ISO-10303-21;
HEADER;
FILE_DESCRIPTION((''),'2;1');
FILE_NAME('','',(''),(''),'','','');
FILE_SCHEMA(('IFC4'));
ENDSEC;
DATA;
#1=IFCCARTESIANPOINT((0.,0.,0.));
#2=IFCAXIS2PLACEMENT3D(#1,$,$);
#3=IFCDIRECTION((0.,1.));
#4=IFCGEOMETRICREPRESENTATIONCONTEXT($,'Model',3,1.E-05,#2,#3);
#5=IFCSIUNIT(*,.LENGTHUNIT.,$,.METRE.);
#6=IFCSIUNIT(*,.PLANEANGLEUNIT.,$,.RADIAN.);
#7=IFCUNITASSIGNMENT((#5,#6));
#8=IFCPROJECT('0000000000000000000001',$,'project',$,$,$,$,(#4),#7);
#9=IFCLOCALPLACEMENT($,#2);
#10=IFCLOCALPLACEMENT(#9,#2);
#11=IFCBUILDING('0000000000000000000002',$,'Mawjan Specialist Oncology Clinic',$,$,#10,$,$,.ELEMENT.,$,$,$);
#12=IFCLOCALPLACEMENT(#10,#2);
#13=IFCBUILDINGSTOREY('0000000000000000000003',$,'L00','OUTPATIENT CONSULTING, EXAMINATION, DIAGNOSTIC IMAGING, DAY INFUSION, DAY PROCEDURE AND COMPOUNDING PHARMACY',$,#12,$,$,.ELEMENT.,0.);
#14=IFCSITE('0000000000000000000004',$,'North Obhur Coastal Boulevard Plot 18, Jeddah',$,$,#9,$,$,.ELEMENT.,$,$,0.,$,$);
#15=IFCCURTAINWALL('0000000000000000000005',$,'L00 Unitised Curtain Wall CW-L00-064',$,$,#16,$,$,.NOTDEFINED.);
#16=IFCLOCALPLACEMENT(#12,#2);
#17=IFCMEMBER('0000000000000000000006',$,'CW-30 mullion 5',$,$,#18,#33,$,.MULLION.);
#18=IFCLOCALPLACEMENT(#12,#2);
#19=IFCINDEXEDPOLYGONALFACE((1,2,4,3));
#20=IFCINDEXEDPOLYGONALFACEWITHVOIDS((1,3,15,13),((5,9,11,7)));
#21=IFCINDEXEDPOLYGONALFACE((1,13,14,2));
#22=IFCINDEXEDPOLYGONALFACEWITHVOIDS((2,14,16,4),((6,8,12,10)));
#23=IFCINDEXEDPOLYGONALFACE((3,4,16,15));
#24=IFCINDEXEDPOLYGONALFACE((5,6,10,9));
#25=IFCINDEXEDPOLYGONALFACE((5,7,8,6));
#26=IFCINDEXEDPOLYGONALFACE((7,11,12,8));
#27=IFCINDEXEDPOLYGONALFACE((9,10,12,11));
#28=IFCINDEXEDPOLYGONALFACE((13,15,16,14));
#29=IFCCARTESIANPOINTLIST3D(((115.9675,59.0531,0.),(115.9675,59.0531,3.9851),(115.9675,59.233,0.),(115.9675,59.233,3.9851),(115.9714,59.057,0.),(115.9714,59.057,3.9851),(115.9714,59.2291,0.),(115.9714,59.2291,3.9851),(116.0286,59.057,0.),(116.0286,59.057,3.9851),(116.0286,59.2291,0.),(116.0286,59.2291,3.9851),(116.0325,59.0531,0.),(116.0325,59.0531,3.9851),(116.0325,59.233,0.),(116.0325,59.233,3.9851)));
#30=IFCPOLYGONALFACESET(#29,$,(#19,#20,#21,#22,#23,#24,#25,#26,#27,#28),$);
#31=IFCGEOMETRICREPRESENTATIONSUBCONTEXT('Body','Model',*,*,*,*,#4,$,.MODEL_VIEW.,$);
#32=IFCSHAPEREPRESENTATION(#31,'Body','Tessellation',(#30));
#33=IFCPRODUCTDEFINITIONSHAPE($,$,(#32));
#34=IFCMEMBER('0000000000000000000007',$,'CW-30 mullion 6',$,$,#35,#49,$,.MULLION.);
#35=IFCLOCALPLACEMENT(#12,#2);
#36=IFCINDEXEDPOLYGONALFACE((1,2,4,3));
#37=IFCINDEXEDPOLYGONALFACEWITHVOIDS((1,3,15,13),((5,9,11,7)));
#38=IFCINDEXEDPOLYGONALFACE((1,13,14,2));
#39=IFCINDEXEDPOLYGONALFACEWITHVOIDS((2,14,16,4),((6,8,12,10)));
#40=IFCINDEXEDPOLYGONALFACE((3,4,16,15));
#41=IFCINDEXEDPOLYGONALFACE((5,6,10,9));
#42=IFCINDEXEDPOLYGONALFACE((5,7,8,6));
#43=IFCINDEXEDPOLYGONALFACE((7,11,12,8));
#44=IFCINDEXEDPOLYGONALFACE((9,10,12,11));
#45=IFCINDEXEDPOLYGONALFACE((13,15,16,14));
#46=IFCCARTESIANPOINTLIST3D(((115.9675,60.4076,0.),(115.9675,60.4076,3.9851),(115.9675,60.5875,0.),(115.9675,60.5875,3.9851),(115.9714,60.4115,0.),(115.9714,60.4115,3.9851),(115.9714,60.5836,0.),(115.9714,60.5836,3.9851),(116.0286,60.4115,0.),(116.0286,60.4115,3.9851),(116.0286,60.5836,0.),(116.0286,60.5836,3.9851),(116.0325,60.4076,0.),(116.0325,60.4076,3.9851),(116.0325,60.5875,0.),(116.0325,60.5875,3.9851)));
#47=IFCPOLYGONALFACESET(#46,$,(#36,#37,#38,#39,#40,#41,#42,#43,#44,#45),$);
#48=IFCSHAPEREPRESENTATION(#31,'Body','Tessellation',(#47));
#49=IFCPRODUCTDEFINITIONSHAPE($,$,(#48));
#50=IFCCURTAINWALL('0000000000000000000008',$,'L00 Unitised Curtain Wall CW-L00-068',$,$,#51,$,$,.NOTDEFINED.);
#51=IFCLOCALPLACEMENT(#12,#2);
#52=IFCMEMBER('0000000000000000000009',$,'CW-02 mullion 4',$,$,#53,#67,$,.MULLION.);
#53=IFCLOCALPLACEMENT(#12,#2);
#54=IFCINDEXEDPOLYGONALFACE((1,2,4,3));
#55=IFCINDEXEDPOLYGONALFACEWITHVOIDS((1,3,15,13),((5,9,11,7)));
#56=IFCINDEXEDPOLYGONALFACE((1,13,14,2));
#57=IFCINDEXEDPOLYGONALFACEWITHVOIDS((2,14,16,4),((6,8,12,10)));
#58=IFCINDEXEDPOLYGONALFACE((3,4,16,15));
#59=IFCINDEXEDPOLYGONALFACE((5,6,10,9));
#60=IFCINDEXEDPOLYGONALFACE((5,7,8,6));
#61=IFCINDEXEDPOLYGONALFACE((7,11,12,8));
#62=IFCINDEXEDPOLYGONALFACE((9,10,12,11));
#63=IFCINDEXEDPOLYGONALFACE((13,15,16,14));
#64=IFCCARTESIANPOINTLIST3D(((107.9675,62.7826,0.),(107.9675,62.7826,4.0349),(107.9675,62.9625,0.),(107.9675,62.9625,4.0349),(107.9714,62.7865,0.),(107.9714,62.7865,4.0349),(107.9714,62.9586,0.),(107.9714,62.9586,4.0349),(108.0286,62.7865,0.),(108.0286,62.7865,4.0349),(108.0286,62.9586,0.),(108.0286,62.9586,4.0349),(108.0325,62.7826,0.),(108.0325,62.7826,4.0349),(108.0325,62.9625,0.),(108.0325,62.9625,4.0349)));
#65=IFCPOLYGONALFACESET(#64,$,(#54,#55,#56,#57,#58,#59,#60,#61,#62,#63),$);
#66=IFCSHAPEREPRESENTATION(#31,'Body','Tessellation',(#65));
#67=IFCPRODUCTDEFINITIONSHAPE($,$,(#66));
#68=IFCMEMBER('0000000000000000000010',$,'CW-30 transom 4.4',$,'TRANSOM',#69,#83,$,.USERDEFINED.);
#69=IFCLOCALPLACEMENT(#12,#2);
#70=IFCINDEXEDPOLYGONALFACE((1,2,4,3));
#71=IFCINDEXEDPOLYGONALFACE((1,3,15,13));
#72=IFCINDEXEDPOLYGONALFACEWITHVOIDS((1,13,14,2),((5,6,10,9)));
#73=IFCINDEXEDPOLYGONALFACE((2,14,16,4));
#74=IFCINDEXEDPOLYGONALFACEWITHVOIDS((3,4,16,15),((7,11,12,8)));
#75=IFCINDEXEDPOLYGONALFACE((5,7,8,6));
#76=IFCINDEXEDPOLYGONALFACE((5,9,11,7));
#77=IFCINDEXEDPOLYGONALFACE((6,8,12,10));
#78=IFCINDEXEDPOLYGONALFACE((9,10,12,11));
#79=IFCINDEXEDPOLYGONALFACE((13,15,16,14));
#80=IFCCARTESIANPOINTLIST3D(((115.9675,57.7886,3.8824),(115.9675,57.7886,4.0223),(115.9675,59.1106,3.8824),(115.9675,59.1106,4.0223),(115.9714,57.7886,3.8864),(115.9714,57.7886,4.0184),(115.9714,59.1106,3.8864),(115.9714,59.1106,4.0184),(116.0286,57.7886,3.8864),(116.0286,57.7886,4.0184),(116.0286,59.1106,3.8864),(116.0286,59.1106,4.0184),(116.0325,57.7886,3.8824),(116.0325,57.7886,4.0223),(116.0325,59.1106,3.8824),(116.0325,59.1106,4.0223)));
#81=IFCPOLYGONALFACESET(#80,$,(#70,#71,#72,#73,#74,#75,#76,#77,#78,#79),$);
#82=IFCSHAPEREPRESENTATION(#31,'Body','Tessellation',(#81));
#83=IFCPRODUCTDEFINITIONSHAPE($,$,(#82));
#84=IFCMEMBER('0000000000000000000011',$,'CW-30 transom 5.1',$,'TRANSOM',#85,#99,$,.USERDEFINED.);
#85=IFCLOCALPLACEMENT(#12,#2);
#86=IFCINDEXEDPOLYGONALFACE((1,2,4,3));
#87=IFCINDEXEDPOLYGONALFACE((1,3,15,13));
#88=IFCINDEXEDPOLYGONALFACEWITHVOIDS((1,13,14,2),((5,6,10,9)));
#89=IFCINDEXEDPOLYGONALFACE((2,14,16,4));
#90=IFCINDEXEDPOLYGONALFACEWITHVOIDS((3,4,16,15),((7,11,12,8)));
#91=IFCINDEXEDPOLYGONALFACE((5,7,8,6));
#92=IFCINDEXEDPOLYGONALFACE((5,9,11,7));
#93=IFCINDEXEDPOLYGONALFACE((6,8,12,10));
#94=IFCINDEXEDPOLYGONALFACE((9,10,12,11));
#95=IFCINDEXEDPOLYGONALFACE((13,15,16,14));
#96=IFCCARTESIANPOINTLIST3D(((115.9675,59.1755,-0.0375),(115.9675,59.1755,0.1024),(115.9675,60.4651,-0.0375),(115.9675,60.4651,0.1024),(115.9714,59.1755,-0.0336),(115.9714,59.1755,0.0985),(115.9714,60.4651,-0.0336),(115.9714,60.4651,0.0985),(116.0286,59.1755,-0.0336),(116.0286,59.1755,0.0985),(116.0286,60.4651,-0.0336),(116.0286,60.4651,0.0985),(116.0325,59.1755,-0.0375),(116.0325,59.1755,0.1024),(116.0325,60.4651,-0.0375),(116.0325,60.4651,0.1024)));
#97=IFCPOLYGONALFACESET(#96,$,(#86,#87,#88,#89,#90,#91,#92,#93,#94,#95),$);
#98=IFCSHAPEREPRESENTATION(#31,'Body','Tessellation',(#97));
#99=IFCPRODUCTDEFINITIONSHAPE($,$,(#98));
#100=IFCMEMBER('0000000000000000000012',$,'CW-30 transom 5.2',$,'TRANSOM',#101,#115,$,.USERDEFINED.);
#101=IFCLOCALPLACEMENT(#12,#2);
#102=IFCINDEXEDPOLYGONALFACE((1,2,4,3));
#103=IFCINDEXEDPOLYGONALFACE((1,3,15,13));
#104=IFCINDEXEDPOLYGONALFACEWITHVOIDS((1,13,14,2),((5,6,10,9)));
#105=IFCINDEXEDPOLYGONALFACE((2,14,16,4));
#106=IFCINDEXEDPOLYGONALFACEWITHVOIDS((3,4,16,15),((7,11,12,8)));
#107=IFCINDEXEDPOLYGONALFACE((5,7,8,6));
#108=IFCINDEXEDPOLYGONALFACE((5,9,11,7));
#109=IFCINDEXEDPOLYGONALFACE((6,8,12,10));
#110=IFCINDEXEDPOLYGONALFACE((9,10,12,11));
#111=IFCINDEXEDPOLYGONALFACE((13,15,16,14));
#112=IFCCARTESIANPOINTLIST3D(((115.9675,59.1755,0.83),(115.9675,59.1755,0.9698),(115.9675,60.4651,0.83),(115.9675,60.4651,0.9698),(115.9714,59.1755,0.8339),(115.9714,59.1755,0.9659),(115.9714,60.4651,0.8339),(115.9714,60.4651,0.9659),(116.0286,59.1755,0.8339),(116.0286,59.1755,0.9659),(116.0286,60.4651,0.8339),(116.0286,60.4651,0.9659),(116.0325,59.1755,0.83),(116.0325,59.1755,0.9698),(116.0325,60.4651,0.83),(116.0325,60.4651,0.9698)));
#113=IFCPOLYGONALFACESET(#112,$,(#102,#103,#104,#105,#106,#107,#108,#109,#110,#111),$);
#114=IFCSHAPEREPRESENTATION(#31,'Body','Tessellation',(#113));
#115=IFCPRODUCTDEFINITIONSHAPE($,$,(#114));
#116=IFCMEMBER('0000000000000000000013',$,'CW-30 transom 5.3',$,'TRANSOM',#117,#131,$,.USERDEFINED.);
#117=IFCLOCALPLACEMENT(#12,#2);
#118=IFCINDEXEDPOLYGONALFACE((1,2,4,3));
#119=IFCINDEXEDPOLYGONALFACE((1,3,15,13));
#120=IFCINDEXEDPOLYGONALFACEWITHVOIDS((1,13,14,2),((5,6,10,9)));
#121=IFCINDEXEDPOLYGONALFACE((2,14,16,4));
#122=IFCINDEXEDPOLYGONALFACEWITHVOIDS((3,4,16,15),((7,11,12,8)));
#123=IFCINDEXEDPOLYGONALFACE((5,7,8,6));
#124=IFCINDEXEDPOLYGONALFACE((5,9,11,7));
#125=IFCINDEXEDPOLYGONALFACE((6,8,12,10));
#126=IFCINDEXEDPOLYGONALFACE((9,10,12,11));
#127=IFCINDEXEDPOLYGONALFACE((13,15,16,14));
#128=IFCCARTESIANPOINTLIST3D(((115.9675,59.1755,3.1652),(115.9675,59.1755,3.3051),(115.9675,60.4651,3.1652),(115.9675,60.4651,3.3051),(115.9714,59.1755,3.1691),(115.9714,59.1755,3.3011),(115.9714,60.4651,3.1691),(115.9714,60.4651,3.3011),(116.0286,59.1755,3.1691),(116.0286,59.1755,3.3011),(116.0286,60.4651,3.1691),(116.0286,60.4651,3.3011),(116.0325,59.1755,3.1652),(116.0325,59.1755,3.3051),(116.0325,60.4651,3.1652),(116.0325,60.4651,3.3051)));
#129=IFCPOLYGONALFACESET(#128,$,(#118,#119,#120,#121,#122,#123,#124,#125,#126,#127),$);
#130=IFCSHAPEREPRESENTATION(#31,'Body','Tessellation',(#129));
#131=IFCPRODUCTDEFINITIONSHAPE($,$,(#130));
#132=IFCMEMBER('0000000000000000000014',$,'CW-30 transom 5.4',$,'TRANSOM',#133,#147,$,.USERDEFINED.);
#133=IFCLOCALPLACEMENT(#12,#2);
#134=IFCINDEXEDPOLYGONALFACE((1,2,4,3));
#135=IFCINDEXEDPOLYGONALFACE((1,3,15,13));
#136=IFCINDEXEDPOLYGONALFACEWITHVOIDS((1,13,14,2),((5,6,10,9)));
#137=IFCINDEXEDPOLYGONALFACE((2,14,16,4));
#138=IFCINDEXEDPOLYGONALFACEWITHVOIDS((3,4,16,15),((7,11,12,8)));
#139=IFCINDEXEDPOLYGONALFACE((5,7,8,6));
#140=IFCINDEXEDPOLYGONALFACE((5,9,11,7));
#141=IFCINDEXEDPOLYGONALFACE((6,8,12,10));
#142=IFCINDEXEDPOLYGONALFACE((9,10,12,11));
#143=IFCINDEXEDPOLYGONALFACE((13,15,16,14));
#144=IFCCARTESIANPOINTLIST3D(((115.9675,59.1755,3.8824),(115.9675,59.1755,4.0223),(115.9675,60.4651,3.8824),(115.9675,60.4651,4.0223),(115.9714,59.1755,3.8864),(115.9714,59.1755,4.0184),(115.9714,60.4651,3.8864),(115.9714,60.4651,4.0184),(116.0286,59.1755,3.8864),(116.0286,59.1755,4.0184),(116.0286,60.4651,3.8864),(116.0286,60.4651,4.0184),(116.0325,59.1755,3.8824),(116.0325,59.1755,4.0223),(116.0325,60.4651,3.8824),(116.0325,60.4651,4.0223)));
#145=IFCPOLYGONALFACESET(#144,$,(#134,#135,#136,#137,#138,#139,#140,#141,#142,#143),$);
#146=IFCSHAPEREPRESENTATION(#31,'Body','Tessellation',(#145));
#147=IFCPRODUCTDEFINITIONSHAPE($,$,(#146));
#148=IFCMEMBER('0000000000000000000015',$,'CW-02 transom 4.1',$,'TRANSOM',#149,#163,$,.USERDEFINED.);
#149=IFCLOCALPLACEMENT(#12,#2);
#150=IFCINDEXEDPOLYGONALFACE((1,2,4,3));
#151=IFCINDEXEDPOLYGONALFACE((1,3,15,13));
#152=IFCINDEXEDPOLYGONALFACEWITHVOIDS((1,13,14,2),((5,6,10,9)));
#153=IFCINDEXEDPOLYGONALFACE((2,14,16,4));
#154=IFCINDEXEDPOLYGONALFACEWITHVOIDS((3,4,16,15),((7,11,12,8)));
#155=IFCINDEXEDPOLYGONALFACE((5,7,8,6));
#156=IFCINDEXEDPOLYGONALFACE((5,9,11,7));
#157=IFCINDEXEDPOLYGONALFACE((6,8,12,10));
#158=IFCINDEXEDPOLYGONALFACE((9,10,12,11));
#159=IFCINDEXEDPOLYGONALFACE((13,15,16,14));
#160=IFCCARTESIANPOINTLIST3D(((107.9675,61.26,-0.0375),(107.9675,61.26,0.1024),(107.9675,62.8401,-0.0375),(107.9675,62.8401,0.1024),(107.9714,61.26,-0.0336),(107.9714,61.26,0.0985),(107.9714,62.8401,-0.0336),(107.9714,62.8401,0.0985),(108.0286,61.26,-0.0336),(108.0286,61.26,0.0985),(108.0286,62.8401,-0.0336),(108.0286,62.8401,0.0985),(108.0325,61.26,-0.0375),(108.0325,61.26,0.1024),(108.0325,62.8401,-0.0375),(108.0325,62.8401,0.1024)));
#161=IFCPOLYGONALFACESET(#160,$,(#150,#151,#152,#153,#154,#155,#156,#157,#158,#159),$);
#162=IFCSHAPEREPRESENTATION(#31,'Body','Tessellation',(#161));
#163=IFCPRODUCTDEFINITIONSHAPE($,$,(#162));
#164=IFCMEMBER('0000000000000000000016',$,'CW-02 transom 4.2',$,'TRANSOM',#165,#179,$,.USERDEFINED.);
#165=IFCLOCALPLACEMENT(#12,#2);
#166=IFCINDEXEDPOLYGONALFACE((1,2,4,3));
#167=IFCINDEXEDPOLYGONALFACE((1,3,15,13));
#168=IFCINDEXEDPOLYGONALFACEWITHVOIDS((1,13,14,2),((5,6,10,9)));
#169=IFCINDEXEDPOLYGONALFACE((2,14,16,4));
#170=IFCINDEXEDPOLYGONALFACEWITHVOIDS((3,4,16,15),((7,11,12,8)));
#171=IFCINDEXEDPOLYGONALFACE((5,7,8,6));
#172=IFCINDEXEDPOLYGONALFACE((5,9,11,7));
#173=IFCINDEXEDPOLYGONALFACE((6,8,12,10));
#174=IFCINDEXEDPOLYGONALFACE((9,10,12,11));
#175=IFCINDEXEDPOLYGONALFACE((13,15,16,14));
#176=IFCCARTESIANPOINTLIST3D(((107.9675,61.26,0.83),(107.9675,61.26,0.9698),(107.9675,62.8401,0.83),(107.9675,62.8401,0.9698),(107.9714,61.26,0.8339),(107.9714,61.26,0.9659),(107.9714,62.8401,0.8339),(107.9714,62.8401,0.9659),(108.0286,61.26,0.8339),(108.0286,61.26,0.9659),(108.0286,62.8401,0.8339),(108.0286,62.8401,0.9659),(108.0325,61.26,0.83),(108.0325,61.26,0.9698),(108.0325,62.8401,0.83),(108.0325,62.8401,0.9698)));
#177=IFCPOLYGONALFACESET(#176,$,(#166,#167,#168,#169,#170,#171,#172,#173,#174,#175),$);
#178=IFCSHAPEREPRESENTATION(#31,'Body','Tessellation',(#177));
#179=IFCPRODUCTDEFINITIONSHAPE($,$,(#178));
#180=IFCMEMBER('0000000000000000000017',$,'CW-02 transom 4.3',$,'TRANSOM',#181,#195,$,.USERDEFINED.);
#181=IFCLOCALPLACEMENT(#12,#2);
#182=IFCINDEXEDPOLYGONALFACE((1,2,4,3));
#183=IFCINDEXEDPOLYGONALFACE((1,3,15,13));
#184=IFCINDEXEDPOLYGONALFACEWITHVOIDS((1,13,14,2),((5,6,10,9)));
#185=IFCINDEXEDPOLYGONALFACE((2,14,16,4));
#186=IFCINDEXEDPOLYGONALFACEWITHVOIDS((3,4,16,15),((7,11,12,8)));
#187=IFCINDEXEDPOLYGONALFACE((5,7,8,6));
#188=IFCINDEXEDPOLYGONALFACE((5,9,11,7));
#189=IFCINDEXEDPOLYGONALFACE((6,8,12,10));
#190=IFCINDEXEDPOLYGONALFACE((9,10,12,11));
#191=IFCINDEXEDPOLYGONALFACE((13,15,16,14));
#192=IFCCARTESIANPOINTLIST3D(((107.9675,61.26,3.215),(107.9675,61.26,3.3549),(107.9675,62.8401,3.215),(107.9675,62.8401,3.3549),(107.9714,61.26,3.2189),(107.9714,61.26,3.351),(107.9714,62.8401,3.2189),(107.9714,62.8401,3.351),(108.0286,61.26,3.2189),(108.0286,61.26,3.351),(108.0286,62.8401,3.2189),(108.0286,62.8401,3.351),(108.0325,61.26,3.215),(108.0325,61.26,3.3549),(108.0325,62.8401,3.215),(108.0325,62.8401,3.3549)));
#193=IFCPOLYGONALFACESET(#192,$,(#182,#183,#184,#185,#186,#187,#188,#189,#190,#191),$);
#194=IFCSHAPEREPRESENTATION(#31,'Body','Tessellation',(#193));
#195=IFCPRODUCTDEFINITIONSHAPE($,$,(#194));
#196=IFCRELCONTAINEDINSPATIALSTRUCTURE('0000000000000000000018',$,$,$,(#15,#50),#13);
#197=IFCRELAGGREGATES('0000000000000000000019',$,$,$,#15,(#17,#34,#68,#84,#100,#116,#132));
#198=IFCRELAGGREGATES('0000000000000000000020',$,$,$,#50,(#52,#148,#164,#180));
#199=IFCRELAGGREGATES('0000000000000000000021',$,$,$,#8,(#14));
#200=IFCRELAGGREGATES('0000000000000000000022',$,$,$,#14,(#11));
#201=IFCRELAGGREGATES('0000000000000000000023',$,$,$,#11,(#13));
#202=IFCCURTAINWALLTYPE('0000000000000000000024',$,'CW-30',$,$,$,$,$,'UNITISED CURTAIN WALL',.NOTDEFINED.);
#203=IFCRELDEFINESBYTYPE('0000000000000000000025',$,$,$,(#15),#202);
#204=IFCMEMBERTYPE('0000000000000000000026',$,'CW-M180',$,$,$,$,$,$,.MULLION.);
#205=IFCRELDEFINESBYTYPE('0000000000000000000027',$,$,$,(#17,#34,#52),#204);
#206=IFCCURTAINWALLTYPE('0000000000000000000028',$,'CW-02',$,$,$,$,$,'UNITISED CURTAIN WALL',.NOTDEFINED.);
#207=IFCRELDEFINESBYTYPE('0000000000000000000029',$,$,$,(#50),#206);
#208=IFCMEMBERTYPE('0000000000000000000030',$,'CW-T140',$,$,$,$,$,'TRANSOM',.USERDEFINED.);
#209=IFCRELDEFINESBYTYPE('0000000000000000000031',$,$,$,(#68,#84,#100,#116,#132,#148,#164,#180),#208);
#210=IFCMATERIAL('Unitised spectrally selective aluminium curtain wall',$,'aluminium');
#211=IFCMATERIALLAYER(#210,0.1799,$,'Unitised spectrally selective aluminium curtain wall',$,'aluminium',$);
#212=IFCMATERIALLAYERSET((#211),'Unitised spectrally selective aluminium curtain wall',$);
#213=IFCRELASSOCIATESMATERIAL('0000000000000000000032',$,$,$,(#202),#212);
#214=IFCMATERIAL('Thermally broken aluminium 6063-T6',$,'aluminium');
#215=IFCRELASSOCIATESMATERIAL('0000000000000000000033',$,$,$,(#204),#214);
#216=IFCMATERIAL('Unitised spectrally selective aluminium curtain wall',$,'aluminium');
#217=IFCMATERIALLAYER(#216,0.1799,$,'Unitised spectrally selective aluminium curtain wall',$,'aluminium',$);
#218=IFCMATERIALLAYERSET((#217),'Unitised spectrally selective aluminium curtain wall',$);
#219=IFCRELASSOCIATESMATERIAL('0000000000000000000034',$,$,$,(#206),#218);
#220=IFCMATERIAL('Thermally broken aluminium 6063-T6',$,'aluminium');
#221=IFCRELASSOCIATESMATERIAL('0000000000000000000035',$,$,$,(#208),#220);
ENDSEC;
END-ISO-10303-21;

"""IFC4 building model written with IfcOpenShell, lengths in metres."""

from ifc_helpers import new_model, si_unit, direction, frame, origin, origin_2d, place, context, subcontext, project, spatial, hollow_rectangle, extrude, material, layer, layer_set, material_profile, profile_set, type_object, element, aggregate, save


model = new_model("IFC4")

# Units and contexts
model_context = context("Model", 3, precision=1e-05, world=origin(), true_north=direction((0.0, 1.0)))
body_context = subcontext(model_context, "Body", "Model", "MODEL_VIEW")
ifc_project = project(units=[si_unit("LENGTHUNIT", "METRE"), si_unit("PLANEANGLEUNIT", "RADIAN")], contexts=[model_context])

# Site, building, storey
site_placement = place(None, origin())
site = spatial("IfcSite", under=ifc_project, at=site_placement, Name="North Obhur Coastal Boulevard Plot 18, Jeddah", CompositionType="ELEMENT", RefElevation=0.0)
building_placement = place(site_placement, origin())
building = spatial("IfcBuilding", under=site, at=building_placement, Name="Mawjan Specialist Oncology Clinic", CompositionType="ELEMENT")
storey_placement = place(building_placement, origin())
storey = spatial("IfcBuildingStorey", under=building, at=storey_placement, Name="L00", Description="OUTPATIENT CONSULTING, EXAMINATION, DIAGNOSTIC IMAGING, DAY INFUSION, DAY PROCEDURE AND COMPOUNDING PHARMACY", CompositionType="ELEMENT", Elevation=0.0)

# Curtain wall, members
ifc_material_1 = material(Name="Unitised spectrally selective aluminium curtain wall", Category="aluminium")
ifc_layer_1 = layer(ifc_material_1, 0.1799, Name="Unitised spectrally selective aluminium curtain wall", Category="aluminium")
ifc_layer_set_1 = layer_set([ifc_layer_1], Name="Unitised spectrally selective aluminium curtain wall")
curtain_wall_type_1 = type_object("IfcCurtainWallType", Name="CW-30", ElementType="UNITISED CURTAIN WALL", PredefinedType="NOTDEFINED", material=ifc_layer_set_1)
curtain_wall_1_placement = place(storey_placement, origin())
curtain_wall_1 = element("IfcCurtainWall", 1, at=curtain_wall_1_placement, inside=storey, type_object=curtain_wall_type_1, Name="L00 Unitised Curtain Wall CW-L00-064", PredefinedType="NOTDEFINED")
ifc_material_2 = material(Name="Thermally broken aluminium 6063-T6", Category="aluminium")
ifc_material_profile_1 = material_profile(ifc_material_2, hollow_rectangle(XDim=0.0649, YDim=0.1799, WallThickness=0.0039, at=origin_2d()), Name="ALU MULLION 180x65x4", Category="aluminium")
ifc_profile_set_1 = profile_set([ifc_material_profile_1], Name="Thermally broken aluminium 6063-T6")
member_type_1 = type_object("IfcMemberType", Name="CW-M180", PredefinedType="MULLION", material=ifc_profile_set_1)
member_1_placement = place(storey_placement, frame((116.0, 59.1431, 0.0), z_axis=(0.0, 0.0, 1.0), x_axis=(-1.0, 0.0, 0.0)))
member_1 = element("IfcMember", 2, at=member_1_placement, type_object=member_type_1, Name="CW-30 mullion 5", PredefinedType="MULLION", context=body_context, shape_type="SweptSolid", body=[
    extrude(hollow_rectangle(XDim=0.0649, YDim=0.1799, WallThickness=0.0039, at=origin_2d()), origin(), (0.0, 0.0, 1.0), 3.9851),
])
member_2_placement = place(storey_placement, frame((116.0, 60.4976, 0.0), z_axis=(0.0, 0.0, 1.0), x_axis=(-1.0, 0.0, 0.0)))
member_2 = element("IfcMember", 3, at=member_2_placement, type_object=member_type_1, Name="CW-30 mullion 6", PredefinedType="MULLION", context=body_context, shape_type="SweptSolid", body=[
    extrude(hollow_rectangle(XDim=0.0649, YDim=0.1799, WallThickness=0.0039, at=origin_2d()), origin(), (0.0, 0.0, 1.0), 3.9851),
])

# Curtain wall, member
ifc_material_3 = material(Name="Unitised spectrally selective aluminium curtain wall", Category="aluminium")
ifc_layer_2 = layer(ifc_material_3, 0.1799, Name="Unitised spectrally selective aluminium curtain wall", Category="aluminium")
ifc_layer_set_2 = layer_set([ifc_layer_2], Name="Unitised spectrally selective aluminium curtain wall")
curtain_wall_type_2 = type_object("IfcCurtainWallType", Name="CW-02", ElementType="UNITISED CURTAIN WALL", PredefinedType="NOTDEFINED", material=ifc_layer_set_2)
curtain_wall_2_placement = place(storey_placement, origin())
curtain_wall_2 = element("IfcCurtainWall", 4, at=curtain_wall_2_placement, inside=storey, type_object=curtain_wall_type_2, Name="L00 Unitised Curtain Wall CW-L00-068", PredefinedType="NOTDEFINED")
member_3_placement = place(storey_placement, frame((108.0, 62.8726, 0.0), z_axis=(0.0, 0.0, 1.0), x_axis=(1.0, 0.0, 0.0)))
member_3 = element("IfcMember", 5, at=member_3_placement, type_object=member_type_1, Name="CW-02 mullion 4", PredefinedType="MULLION", context=body_context, shape_type="SweptSolid", body=[
    extrude(hollow_rectangle(XDim=0.0649, YDim=0.1799, WallThickness=0.0039, at=origin_2d()), origin(), (0.0, 0.0, 1.0), 4.0349),
])

# Members
ifc_material_4 = material(Name="Thermally broken aluminium 6063-T6", Category="aluminium")
ifc_material_profile_2 = material_profile(ifc_material_4, hollow_rectangle(XDim=0.0649, YDim=0.1399, WallThickness=0.0039, at=origin_2d()), Name="ALU TRANSOM 140x65x4", Category="aluminium")
ifc_profile_set_2 = profile_set([ifc_material_profile_2], Name="Thermally broken aluminium 6063-T6")
member_type_2 = type_object("IfcMemberType", Name="CW-T140", ElementType="TRANSOM", PredefinedType="USERDEFINED", material=ifc_profile_set_2)
member_4_placement = place(storey_placement, frame((116.0, 57.7886, 3.9524), z_axis=(0.0, 1.0, 0.0), x_axis=(-1.0, 0.0, 0.0)))
member_4 = element("IfcMember", 6, at=member_4_placement, type_object=member_type_2, Name="CW-30 transom 4.4", ObjectType="TRANSOM", PredefinedType="USERDEFINED", context=body_context, shape_type="SweptSolid", body=[
    extrude(hollow_rectangle(XDim=0.0649, YDim=0.1399, WallThickness=0.0039, at=origin_2d()), origin(), (0.0, 0.0, 1.0), 1.322),
])
member_5_placement = place(storey_placement, frame((116.0, 59.1755, 0.0325), z_axis=(0.0, 1.0, 0.0), x_axis=(-1.0, 0.0, 0.0)))
member_5 = element("IfcMember", 7, at=member_5_placement, type_object=member_type_2, Name="CW-30 transom 5.1", ObjectType="TRANSOM", PredefinedType="USERDEFINED", context=body_context, shape_type="SweptSolid", body=[
    extrude(hollow_rectangle(XDim=0.0649, YDim=0.1399, WallThickness=0.0039, at=origin_2d()), origin(), (0.0, 0.0, 1.0), 1.2896),
])
member_6_placement = place(storey_placement, frame((116.0, 59.1755, 0.8999), z_axis=(0.0, 1.0, 0.0), x_axis=(-1.0, 0.0, 0.0)))
member_6 = element("IfcMember", 8, at=member_6_placement, type_object=member_type_2, Name="CW-30 transom 5.2", ObjectType="TRANSOM", PredefinedType="USERDEFINED", context=body_context, shape_type="SweptSolid", body=[
    extrude(hollow_rectangle(XDim=0.0649, YDim=0.1399, WallThickness=0.0039, at=origin_2d()), origin(), (0.0, 0.0, 1.0), 1.2896),
])
member_7_placement = place(storey_placement, frame((116.0, 59.1755, 3.2351), z_axis=(0.0, 1.0, 0.0), x_axis=(-1.0, 0.0, 0.0)))
member_7 = element("IfcMember", 9, at=member_7_placement, type_object=member_type_2, Name="CW-30 transom 5.3", ObjectType="TRANSOM", PredefinedType="USERDEFINED", context=body_context, shape_type="SweptSolid", body=[
    extrude(hollow_rectangle(XDim=0.0649, YDim=0.1399, WallThickness=0.0039, at=origin_2d()), origin(), (0.0, 0.0, 1.0), 1.2896),
])
member_8_placement = place(storey_placement, frame((116.0, 59.1755, 3.9524), z_axis=(0.0, 1.0, 0.0), x_axis=(-1.0, 0.0, 0.0)))
member_8 = element("IfcMember", 10, at=member_8_placement, type_object=member_type_2, Name="CW-30 transom 5.4", ObjectType="TRANSOM", PredefinedType="USERDEFINED", context=body_context, shape_type="SweptSolid", body=[
    extrude(hollow_rectangle(XDim=0.0649, YDim=0.1399, WallThickness=0.0039, at=origin_2d()), origin(), (0.0, 0.0, 1.0), 1.2896),
])
member_9_placement = place(storey_placement, frame((108.0, 62.8401, 0.0325), z_axis=(0.0, -1.0, 0.0), x_axis=(1.0, 0.0, 0.0)))
member_9 = element("IfcMember", 11, at=member_9_placement, type_object=member_type_2, Name="CW-02 transom 4.1", ObjectType="TRANSOM", PredefinedType="USERDEFINED", context=body_context, shape_type="SweptSolid", body=[
    extrude(hollow_rectangle(XDim=0.0649, YDim=0.1399, WallThickness=0.0039, at=origin_2d()), origin(), (0.0, 0.0, 1.0), 1.5801),
])
member_10_placement = place(storey_placement, frame((108.0, 62.8401, 0.8999), z_axis=(0.0, -1.0, 0.0), x_axis=(1.0, 0.0, 0.0)))
member_10 = element("IfcMember", 12, at=member_10_placement, type_object=member_type_2, Name="CW-02 transom 4.2", ObjectType="TRANSOM", PredefinedType="USERDEFINED", context=body_context, shape_type="SweptSolid", body=[
    extrude(hollow_rectangle(XDim=0.0649, YDim=0.1399, WallThickness=0.0039, at=origin_2d()), origin(), (0.0, 0.0, 1.0), 1.5801),
])
member_11_placement = place(storey_placement, frame((108.0, 62.8401, 3.2849), z_axis=(0.0, -1.0, 0.0), x_axis=(1.0, 0.0, 0.0)))
member_11 = element("IfcMember", 13, at=member_11_placement, type_object=member_type_2, Name="CW-02 transom 4.3", ObjectType="TRANSOM", PredefinedType="USERDEFINED", context=body_context, shape_type="SweptSolid", body=[
    extrude(hollow_rectangle(XDim=0.0649, YDim=0.1399, WallThickness=0.0039, at=origin_2d()), origin(), (0.0, 0.0, 1.0), 1.5801),
])

aggregate(curtain_wall_1, [member_1, member_2, member_4, member_5, member_6, member_7, member_8])
aggregate(curtain_wall_2, [member_3, member_9, member_10, member_11])

save(model, "model.ifc")
